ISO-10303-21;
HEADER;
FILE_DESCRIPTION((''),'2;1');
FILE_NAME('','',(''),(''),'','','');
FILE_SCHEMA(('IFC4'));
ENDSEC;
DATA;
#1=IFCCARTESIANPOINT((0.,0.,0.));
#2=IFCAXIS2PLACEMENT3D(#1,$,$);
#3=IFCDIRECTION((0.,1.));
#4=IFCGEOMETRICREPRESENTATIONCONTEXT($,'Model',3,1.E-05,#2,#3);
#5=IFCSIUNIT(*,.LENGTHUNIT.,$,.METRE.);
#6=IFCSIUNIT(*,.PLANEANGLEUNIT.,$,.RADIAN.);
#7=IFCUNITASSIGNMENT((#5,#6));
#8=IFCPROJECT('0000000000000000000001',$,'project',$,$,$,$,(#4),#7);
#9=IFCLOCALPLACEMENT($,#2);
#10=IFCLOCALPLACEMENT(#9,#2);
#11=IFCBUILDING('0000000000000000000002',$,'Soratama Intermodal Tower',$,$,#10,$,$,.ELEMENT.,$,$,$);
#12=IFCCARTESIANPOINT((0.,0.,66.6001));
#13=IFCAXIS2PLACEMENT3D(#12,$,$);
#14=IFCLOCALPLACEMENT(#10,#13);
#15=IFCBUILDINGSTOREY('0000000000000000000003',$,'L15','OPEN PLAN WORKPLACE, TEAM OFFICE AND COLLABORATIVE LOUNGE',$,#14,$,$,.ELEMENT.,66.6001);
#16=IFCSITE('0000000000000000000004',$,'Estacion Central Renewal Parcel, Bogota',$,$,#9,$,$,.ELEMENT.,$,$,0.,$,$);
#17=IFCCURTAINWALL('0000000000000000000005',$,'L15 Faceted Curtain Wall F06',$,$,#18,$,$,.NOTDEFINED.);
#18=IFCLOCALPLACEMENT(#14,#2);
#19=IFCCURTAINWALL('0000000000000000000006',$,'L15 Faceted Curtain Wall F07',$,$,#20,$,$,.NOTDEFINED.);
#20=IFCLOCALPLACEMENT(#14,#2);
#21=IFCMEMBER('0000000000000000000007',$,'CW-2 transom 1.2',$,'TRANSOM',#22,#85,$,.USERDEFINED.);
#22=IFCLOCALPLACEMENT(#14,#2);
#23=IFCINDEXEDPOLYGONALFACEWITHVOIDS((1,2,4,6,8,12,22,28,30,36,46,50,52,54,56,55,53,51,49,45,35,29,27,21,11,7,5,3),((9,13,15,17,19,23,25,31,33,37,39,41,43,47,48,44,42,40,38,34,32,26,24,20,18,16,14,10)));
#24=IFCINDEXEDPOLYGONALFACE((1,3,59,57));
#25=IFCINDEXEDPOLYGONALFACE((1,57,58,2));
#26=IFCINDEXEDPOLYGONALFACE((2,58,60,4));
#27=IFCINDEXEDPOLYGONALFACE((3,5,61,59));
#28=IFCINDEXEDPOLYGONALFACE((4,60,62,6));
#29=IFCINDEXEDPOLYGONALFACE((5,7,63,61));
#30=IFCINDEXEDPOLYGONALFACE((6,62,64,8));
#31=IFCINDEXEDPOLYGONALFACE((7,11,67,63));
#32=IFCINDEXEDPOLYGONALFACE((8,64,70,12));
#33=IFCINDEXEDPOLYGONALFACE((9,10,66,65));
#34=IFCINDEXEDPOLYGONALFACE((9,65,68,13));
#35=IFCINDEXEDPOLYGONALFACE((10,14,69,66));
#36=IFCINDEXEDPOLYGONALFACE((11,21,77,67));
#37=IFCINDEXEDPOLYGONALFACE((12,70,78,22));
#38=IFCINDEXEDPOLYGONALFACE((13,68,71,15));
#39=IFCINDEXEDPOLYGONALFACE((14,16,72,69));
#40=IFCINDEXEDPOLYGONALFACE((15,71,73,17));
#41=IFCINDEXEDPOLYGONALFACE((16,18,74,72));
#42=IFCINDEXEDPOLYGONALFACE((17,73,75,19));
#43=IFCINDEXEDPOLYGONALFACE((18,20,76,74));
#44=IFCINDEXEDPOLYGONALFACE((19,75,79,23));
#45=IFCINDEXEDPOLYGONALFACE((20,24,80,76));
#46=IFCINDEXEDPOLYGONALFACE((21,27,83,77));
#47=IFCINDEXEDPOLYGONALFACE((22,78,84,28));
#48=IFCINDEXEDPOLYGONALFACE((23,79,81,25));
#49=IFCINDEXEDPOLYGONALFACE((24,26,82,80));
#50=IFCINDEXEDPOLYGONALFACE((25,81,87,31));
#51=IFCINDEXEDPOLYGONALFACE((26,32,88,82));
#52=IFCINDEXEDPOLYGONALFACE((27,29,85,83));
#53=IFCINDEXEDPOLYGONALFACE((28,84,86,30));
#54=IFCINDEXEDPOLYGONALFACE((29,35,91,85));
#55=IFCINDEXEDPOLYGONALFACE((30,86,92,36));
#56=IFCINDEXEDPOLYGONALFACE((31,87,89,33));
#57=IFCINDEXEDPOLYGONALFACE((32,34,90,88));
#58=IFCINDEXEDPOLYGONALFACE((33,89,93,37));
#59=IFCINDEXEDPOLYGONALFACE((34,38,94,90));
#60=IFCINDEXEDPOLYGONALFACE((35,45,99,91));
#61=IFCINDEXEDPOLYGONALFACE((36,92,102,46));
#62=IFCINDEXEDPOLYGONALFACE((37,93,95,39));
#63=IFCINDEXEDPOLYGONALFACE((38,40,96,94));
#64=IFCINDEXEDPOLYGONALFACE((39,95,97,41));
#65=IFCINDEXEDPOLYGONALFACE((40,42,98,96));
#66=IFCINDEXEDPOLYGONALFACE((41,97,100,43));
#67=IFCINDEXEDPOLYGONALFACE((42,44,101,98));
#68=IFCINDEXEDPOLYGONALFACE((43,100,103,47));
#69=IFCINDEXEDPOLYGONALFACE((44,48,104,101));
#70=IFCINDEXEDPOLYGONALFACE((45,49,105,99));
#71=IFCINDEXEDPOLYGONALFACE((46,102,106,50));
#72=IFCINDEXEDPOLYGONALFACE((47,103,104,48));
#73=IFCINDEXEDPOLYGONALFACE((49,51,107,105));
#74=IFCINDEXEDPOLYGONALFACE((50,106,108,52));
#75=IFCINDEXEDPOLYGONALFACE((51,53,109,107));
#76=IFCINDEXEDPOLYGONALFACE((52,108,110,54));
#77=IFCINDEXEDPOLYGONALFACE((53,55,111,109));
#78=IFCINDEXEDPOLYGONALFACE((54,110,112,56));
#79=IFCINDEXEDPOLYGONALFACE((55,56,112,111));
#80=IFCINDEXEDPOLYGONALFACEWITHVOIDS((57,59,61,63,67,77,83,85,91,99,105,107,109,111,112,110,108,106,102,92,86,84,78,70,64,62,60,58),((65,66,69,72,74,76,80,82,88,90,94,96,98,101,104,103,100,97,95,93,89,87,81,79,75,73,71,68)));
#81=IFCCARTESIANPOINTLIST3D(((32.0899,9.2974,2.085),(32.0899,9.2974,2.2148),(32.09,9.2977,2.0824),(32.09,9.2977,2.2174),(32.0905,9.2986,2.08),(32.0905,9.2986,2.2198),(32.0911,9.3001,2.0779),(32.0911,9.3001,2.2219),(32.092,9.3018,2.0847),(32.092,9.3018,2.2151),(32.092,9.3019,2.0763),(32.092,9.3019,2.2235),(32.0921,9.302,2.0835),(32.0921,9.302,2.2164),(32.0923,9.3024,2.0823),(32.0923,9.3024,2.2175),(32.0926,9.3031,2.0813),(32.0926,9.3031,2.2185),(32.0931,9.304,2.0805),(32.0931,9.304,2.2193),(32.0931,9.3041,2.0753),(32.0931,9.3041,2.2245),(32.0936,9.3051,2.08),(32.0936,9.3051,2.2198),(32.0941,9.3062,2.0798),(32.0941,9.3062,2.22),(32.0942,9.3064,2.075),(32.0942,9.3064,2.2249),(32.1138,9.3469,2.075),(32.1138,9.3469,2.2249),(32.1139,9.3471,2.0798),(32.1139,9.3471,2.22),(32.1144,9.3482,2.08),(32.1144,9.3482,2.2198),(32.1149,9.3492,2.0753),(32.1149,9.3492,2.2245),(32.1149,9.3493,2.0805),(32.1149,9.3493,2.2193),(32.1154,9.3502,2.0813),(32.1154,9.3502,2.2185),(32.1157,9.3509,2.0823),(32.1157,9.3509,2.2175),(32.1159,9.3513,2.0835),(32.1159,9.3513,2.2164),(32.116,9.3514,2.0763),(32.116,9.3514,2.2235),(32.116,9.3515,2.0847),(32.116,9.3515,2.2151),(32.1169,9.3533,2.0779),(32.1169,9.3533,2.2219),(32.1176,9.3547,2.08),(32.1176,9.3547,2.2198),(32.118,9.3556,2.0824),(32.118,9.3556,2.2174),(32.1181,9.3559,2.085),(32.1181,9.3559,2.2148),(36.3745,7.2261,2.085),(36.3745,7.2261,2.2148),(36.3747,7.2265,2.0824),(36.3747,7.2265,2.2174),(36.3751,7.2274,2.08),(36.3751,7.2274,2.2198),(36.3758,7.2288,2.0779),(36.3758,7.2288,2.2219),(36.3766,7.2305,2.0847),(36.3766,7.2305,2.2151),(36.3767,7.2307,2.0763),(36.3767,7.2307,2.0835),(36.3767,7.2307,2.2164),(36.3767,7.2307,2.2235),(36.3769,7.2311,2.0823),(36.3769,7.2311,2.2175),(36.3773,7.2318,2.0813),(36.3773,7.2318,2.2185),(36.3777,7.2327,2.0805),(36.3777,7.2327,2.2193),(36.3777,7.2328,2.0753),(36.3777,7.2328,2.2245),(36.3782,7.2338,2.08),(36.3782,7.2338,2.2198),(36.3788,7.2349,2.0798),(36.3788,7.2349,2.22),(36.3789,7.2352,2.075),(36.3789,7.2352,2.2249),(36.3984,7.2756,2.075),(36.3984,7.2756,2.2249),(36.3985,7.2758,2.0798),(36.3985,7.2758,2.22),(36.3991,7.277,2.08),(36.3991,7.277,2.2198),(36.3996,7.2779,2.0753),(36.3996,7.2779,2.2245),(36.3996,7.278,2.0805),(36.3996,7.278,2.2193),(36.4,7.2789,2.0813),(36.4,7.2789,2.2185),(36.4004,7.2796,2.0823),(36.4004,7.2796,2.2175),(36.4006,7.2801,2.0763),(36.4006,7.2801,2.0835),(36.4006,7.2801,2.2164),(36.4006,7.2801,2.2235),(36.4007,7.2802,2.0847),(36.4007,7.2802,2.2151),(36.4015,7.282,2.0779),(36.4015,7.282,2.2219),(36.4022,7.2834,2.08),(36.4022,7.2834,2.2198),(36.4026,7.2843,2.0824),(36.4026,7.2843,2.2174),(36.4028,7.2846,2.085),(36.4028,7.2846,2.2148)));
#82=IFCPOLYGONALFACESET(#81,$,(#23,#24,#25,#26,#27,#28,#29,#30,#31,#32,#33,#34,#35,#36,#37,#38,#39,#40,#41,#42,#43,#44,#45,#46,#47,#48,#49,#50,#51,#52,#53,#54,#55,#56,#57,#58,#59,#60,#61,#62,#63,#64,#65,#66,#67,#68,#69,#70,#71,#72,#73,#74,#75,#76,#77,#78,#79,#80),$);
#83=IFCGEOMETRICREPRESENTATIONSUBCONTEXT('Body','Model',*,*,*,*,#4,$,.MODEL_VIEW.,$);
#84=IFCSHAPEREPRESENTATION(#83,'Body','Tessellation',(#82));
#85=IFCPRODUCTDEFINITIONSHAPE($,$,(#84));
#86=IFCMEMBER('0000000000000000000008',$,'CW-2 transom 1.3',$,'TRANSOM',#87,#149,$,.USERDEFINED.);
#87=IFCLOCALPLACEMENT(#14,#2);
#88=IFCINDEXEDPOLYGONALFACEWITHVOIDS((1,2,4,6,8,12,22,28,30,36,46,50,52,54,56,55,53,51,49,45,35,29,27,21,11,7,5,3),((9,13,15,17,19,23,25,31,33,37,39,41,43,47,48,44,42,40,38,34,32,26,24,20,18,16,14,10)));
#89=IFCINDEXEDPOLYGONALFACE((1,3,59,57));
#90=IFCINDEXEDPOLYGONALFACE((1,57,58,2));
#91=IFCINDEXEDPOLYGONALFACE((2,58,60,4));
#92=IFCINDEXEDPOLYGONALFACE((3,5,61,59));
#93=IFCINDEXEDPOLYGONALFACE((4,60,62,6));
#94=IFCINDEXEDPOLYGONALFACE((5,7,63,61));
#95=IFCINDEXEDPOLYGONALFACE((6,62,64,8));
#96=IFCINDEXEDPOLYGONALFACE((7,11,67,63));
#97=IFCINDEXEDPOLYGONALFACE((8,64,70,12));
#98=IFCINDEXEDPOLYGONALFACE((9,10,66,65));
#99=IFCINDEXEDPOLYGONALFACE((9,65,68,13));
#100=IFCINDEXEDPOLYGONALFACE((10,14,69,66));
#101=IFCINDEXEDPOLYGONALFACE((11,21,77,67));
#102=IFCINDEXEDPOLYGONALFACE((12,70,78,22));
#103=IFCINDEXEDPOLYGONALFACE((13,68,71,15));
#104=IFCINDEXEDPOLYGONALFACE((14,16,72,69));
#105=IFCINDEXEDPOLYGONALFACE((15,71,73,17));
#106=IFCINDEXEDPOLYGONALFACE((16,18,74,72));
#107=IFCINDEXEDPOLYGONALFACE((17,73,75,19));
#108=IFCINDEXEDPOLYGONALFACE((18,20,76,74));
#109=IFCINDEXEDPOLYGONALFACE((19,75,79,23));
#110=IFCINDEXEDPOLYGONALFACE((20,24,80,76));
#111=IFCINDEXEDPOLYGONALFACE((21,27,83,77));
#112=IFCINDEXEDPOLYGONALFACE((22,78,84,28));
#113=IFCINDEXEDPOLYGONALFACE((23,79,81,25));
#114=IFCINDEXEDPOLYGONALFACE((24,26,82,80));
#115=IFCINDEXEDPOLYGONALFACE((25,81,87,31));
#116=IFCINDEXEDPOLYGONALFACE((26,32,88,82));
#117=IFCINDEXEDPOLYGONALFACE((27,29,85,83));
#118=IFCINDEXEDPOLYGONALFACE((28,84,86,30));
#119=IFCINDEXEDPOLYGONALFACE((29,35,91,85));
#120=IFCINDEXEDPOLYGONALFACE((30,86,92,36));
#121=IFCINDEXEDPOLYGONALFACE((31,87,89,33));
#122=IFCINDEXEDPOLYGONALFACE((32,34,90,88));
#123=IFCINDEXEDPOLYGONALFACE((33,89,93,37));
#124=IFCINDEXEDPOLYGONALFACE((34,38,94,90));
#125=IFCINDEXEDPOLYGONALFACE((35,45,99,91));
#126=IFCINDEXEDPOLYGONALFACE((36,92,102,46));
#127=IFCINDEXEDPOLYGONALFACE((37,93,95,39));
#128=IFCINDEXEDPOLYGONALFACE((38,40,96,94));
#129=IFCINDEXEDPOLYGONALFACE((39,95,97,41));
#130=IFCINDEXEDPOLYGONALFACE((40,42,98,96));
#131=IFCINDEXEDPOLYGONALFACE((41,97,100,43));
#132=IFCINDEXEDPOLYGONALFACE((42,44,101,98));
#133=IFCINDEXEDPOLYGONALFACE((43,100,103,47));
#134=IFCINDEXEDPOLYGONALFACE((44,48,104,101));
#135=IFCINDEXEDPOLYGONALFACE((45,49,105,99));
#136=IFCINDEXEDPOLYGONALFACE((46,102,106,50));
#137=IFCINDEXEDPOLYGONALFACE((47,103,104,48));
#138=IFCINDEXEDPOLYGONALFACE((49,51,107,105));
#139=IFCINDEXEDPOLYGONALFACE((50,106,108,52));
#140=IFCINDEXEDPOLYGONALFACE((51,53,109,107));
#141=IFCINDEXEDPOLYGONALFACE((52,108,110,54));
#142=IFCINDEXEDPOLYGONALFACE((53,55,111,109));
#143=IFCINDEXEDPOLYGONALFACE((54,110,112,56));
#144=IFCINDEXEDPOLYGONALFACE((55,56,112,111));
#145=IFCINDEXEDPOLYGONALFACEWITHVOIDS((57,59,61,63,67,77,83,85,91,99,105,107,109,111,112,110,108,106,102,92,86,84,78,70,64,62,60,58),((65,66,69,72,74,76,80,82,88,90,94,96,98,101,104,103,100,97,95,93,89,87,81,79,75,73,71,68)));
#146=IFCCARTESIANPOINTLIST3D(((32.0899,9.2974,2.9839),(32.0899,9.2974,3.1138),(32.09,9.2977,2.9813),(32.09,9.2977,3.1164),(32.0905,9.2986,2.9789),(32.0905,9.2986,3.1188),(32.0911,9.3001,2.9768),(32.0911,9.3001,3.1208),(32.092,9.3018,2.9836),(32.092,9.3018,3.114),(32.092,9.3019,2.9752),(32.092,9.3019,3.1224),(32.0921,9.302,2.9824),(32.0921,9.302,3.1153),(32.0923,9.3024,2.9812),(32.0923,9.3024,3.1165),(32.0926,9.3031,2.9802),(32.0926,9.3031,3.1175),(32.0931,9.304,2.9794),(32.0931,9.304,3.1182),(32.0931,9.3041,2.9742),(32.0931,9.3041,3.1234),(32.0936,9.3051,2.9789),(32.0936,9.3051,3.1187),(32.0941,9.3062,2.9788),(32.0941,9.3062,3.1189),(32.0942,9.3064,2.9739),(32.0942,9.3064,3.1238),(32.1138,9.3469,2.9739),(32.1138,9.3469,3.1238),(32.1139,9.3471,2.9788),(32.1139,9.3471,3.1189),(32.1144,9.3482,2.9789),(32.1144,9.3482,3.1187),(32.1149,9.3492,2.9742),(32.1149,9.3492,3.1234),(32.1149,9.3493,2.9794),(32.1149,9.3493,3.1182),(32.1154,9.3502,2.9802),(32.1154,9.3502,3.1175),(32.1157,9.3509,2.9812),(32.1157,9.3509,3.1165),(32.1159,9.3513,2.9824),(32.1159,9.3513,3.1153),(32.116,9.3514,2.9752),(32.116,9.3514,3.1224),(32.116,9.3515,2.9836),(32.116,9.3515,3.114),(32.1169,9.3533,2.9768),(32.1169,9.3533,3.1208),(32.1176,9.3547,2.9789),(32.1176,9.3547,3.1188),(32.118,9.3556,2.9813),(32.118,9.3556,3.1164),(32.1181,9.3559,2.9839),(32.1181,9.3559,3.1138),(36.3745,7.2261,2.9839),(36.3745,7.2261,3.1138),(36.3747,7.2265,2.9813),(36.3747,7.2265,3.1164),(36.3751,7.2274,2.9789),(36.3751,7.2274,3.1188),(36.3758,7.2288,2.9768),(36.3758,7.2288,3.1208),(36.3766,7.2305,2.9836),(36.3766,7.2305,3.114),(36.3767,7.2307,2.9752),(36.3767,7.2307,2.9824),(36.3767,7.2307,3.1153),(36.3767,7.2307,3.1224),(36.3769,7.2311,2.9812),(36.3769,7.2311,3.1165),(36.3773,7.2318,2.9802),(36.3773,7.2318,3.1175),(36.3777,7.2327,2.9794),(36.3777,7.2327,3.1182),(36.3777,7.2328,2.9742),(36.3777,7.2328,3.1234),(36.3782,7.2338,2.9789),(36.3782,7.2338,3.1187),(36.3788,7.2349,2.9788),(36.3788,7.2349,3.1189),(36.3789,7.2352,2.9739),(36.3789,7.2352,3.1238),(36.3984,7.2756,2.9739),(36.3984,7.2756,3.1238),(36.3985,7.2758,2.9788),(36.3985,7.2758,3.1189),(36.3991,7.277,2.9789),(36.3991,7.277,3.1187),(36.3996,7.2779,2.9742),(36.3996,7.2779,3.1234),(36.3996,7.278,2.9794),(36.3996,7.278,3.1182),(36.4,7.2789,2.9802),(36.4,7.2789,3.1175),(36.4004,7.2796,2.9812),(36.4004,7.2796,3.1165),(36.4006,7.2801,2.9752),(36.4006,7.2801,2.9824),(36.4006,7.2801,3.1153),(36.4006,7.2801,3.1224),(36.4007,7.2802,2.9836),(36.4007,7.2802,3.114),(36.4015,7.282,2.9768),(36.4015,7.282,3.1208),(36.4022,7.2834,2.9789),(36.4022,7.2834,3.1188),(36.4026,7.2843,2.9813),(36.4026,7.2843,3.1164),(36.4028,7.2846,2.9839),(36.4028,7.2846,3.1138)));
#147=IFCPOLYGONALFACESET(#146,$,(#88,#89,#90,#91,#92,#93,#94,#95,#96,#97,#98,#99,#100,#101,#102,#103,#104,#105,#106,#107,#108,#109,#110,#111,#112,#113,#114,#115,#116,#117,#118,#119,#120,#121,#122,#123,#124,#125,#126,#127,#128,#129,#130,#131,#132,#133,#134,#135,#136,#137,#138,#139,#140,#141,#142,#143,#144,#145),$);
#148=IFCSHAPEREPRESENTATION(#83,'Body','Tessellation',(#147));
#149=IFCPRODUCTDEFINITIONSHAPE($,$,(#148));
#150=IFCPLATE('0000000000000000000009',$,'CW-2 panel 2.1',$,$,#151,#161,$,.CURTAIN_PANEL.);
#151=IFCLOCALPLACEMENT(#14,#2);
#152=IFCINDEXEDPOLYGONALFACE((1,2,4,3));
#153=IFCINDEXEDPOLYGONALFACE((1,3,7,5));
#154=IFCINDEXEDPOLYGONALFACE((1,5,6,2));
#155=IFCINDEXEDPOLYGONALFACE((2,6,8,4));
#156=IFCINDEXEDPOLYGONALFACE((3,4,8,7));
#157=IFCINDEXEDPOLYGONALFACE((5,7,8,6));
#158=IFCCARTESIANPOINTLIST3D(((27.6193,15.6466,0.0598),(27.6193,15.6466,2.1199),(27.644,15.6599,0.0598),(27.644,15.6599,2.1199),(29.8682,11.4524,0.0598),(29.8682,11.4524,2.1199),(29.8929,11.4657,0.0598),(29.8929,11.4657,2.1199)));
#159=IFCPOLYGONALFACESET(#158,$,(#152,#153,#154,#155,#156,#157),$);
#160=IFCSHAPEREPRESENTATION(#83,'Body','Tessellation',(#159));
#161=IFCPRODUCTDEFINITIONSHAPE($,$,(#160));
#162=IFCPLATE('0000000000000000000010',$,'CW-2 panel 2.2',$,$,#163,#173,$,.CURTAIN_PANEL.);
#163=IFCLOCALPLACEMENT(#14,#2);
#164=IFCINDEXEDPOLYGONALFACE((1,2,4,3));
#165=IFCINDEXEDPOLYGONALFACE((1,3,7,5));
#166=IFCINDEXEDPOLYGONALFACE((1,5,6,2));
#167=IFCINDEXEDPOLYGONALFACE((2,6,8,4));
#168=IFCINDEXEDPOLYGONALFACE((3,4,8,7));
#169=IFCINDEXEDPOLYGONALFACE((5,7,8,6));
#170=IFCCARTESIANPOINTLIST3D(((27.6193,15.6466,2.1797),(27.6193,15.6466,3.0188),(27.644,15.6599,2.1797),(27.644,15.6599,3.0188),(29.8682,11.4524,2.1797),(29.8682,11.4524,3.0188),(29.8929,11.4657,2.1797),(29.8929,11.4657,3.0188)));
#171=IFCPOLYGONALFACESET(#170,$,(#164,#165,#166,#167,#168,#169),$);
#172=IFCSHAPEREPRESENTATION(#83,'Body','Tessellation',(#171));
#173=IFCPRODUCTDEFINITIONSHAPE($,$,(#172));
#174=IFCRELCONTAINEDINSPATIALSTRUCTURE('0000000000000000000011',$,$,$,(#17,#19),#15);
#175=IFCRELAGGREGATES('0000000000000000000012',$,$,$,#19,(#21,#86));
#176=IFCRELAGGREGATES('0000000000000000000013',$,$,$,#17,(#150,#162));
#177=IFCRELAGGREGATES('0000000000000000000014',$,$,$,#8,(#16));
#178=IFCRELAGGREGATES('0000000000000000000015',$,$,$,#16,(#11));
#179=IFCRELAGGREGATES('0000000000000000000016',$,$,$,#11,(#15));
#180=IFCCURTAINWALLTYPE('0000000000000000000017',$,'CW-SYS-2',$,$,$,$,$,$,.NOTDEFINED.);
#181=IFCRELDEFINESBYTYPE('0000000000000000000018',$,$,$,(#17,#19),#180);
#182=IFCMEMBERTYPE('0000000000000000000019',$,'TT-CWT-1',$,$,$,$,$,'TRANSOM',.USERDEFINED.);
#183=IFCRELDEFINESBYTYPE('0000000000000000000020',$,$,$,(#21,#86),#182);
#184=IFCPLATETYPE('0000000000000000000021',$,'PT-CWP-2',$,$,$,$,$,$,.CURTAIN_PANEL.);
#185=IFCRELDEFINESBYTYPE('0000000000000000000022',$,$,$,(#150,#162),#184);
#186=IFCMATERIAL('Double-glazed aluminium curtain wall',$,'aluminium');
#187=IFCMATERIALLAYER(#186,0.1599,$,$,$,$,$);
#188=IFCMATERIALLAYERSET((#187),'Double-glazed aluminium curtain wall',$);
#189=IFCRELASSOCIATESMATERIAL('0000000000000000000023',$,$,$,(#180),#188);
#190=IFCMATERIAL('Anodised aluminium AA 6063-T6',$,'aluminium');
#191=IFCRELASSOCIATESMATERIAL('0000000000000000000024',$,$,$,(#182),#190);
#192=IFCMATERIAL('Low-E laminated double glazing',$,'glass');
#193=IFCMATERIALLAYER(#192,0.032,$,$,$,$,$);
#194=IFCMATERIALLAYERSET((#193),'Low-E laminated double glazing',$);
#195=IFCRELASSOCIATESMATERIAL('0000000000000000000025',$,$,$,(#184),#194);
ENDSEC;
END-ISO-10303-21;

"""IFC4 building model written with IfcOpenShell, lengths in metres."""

from ifc_helpers import new_model, si_unit, direction, frame, origin, origin_2d, place, context, subcontext, project, spatial, rectangle, hollow_rectangle, extrude, material, layer, layer_set, material_profile, profile_set, type_object, element, aggregate, save


model = new_model("IFC4")

# Units and contexts
model_context = context("Model", 3, precision=1e-05, world=origin(), true_north=direction((0.0, 1.0)))
body_context = subcontext(model_context, "Body", "Model", "MODEL_VIEW")
ifc_project = project(units=[si_unit("LENGTHUNIT", "METRE"), si_unit("PLANEANGLEUNIT", "RADIAN")], contexts=[model_context])

# Site, building, storey
site_placement = place(None, origin())
site = spatial("IfcSite", under=ifc_project, at=site_placement, Name="Estacion Central Renewal Parcel, Bogota", CompositionType="ELEMENT", RefElevation=0.0)
building_placement = place(site_placement, origin())
building = spatial("IfcBuilding", under=site, at=building_placement, Name="Soratama Intermodal Tower", CompositionType="ELEMENT")
storey_placement = place(building_placement, frame((0.0, 0.0, 66.6001)))
storey = spatial("IfcBuildingStorey", under=building, at=storey_placement, Name="L15", Description="OPEN PLAN WORKPLACE, TEAM OFFICE AND COLLABORATIVE LOUNGE", CompositionType="ELEMENT", Elevation=66.6001)

# Curtain wall
ifc_material_1 = material(Name="Double-glazed aluminium curtain wall", Category="aluminium")
ifc_layer_1 = layer(ifc_material_1, 0.1599)
ifc_layer_set_1 = layer_set([ifc_layer_1], Name="Double-glazed aluminium curtain wall")
curtain_wall_type = type_object("IfcCurtainWallType", Name="CW-SYS-2", PredefinedType="NOTDEFINED", material=ifc_layer_set_1)
curtain_wall_1_placement = place(storey_placement, origin())
curtain_wall_1 = element("IfcCurtainWall", 1, at=curtain_wall_1_placement, inside=storey, type_object=curtain_wall_type, Name="L15 Faceted Curtain Wall F06", PredefinedType="NOTDEFINED")

# Curtain wall
curtain_wall_2_placement = place(storey_placement, origin())
curtain_wall_2 = element("IfcCurtainWall", 2, at=curtain_wall_2_placement, inside=storey, type_object=curtain_wall_type, Name="L15 Faceted Curtain Wall F07", PredefinedType="NOTDEFINED")

# Members
ifc_material_2 = material(Name="Anodised aluminium AA 6063-T6", Category="aluminium")
ifc_material_profile_1 = material_profile(ifc_material_2, hollow_rectangle(XDim=0.0649, YDim=0.1499, WallThickness=0.0049, InnerFilletRadius=0.0049, OuterFilletRadius=0.01, at=origin_2d()), Name="CWT150X65X5")
ifc_profile_set_1 = profile_set([ifc_material_profile_1], Name="Anodised aluminium AA 6063-T6")
member_type_1 = type_object("IfcMemberType", Name="TT-CWT-1", ElementType="TRANSOM", PredefinedType="USERDEFINED", material=ifc_profile_set_1)
member_1_placement = place(storey_placement, frame((32.104, 9.3267, 2.1499), z_axis=(0.900319, -0.435231, 0.0), x_axis=(0.435231, 0.900319, 0.0)))
member_1 = element("IfcMember", 3, at=member_1_placement, type_object=member_type_1, Name="CW-2 transom 1.2", ObjectType="TRANSOM", PredefinedType="USERDEFINED", context=body_context, shape_type="SweptSolid", body=[
    extrude(hollow_rectangle(XDim=0.0649, YDim=0.1499, WallThickness=0.0049, InnerFilletRadius=0.0049, OuterFilletRadius=0.01, at=origin_2d()), origin(), (0.0, 0.0, 1.0), 4.759),
])
member_2_placement = place(storey_placement, frame((32.104, 9.3267, 3.0488), z_axis=(0.900319, -0.435231, 0.0), x_axis=(0.435231, 0.900319, 0.0)))
member_2 = element("IfcMember", 4, at=member_2_placement, type_object=member_type_1, Name="CW-2 transom 1.3", ObjectType="TRANSOM", PredefinedType="USERDEFINED", context=body_context, shape_type="SweptSolid", body=[
    extrude(hollow_rectangle(XDim=0.0649, YDim=0.1499, WallThickness=0.0049, InnerFilletRadius=0.0049, OuterFilletRadius=0.01, at=origin_2d()), origin(), (0.0, 0.0, 1.0), 4.759),
])
aggregate(curtain_wall_2, [member_1, member_2])

# Plates
ifc_material_3 = material(Name="Low-E laminated double glazing", Category="glass")
ifc_layer_2 = layer(ifc_material_3, 0.032)
ifc_layer_set_2 = layer_set([ifc_layer_2], Name="Low-E laminated double glazing")
plate_type = type_object("IfcPlateType", Name="PT-CWP-2", PredefinedType="CURTAIN_PANEL", material=ifc_layer_set_2)
plate_1_placement = place(storey_placement, frame((28.7561, 13.5562, 0.0598), z_axis=(0.0, 0.0, 1.0), x_axis=(0.47255, -0.881304, 0.0)))
plate_1 = element("IfcPlate", 5, at=plate_1_placement, type_object=plate_type, Name="CW-2 panel 2.1", PredefinedType="CURTAIN_PANEL", context=body_context, shape_type="SweptSolid", body=[
    extrude(rectangle(XDim=4.759, YDim=0.0281, at=origin_2d()), origin(), (0.0, 0.0, 1.0), 2.0601),
])
plate_2_placement = place(storey_placement, frame((28.7561, 13.5562, 2.1797), z_axis=(0.0, 0.0, 1.0), x_axis=(0.47255, -0.881304, 0.0)))
plate_2 = element("IfcPlate", 6, at=plate_2_placement, type_object=plate_type, Name="CW-2 panel 2.2", PredefinedType="CURTAIN_PANEL", context=body_context, shape_type="SweptSolid", body=[
    extrude(rectangle(XDim=4.759, YDim=0.0281, at=origin_2d()), origin(), (0.0, 0.0, 1.0), 0.8391),
])
aggregate(curtain_wall_1, [plate_1, plate_2])

save(model, "model.ifc")
